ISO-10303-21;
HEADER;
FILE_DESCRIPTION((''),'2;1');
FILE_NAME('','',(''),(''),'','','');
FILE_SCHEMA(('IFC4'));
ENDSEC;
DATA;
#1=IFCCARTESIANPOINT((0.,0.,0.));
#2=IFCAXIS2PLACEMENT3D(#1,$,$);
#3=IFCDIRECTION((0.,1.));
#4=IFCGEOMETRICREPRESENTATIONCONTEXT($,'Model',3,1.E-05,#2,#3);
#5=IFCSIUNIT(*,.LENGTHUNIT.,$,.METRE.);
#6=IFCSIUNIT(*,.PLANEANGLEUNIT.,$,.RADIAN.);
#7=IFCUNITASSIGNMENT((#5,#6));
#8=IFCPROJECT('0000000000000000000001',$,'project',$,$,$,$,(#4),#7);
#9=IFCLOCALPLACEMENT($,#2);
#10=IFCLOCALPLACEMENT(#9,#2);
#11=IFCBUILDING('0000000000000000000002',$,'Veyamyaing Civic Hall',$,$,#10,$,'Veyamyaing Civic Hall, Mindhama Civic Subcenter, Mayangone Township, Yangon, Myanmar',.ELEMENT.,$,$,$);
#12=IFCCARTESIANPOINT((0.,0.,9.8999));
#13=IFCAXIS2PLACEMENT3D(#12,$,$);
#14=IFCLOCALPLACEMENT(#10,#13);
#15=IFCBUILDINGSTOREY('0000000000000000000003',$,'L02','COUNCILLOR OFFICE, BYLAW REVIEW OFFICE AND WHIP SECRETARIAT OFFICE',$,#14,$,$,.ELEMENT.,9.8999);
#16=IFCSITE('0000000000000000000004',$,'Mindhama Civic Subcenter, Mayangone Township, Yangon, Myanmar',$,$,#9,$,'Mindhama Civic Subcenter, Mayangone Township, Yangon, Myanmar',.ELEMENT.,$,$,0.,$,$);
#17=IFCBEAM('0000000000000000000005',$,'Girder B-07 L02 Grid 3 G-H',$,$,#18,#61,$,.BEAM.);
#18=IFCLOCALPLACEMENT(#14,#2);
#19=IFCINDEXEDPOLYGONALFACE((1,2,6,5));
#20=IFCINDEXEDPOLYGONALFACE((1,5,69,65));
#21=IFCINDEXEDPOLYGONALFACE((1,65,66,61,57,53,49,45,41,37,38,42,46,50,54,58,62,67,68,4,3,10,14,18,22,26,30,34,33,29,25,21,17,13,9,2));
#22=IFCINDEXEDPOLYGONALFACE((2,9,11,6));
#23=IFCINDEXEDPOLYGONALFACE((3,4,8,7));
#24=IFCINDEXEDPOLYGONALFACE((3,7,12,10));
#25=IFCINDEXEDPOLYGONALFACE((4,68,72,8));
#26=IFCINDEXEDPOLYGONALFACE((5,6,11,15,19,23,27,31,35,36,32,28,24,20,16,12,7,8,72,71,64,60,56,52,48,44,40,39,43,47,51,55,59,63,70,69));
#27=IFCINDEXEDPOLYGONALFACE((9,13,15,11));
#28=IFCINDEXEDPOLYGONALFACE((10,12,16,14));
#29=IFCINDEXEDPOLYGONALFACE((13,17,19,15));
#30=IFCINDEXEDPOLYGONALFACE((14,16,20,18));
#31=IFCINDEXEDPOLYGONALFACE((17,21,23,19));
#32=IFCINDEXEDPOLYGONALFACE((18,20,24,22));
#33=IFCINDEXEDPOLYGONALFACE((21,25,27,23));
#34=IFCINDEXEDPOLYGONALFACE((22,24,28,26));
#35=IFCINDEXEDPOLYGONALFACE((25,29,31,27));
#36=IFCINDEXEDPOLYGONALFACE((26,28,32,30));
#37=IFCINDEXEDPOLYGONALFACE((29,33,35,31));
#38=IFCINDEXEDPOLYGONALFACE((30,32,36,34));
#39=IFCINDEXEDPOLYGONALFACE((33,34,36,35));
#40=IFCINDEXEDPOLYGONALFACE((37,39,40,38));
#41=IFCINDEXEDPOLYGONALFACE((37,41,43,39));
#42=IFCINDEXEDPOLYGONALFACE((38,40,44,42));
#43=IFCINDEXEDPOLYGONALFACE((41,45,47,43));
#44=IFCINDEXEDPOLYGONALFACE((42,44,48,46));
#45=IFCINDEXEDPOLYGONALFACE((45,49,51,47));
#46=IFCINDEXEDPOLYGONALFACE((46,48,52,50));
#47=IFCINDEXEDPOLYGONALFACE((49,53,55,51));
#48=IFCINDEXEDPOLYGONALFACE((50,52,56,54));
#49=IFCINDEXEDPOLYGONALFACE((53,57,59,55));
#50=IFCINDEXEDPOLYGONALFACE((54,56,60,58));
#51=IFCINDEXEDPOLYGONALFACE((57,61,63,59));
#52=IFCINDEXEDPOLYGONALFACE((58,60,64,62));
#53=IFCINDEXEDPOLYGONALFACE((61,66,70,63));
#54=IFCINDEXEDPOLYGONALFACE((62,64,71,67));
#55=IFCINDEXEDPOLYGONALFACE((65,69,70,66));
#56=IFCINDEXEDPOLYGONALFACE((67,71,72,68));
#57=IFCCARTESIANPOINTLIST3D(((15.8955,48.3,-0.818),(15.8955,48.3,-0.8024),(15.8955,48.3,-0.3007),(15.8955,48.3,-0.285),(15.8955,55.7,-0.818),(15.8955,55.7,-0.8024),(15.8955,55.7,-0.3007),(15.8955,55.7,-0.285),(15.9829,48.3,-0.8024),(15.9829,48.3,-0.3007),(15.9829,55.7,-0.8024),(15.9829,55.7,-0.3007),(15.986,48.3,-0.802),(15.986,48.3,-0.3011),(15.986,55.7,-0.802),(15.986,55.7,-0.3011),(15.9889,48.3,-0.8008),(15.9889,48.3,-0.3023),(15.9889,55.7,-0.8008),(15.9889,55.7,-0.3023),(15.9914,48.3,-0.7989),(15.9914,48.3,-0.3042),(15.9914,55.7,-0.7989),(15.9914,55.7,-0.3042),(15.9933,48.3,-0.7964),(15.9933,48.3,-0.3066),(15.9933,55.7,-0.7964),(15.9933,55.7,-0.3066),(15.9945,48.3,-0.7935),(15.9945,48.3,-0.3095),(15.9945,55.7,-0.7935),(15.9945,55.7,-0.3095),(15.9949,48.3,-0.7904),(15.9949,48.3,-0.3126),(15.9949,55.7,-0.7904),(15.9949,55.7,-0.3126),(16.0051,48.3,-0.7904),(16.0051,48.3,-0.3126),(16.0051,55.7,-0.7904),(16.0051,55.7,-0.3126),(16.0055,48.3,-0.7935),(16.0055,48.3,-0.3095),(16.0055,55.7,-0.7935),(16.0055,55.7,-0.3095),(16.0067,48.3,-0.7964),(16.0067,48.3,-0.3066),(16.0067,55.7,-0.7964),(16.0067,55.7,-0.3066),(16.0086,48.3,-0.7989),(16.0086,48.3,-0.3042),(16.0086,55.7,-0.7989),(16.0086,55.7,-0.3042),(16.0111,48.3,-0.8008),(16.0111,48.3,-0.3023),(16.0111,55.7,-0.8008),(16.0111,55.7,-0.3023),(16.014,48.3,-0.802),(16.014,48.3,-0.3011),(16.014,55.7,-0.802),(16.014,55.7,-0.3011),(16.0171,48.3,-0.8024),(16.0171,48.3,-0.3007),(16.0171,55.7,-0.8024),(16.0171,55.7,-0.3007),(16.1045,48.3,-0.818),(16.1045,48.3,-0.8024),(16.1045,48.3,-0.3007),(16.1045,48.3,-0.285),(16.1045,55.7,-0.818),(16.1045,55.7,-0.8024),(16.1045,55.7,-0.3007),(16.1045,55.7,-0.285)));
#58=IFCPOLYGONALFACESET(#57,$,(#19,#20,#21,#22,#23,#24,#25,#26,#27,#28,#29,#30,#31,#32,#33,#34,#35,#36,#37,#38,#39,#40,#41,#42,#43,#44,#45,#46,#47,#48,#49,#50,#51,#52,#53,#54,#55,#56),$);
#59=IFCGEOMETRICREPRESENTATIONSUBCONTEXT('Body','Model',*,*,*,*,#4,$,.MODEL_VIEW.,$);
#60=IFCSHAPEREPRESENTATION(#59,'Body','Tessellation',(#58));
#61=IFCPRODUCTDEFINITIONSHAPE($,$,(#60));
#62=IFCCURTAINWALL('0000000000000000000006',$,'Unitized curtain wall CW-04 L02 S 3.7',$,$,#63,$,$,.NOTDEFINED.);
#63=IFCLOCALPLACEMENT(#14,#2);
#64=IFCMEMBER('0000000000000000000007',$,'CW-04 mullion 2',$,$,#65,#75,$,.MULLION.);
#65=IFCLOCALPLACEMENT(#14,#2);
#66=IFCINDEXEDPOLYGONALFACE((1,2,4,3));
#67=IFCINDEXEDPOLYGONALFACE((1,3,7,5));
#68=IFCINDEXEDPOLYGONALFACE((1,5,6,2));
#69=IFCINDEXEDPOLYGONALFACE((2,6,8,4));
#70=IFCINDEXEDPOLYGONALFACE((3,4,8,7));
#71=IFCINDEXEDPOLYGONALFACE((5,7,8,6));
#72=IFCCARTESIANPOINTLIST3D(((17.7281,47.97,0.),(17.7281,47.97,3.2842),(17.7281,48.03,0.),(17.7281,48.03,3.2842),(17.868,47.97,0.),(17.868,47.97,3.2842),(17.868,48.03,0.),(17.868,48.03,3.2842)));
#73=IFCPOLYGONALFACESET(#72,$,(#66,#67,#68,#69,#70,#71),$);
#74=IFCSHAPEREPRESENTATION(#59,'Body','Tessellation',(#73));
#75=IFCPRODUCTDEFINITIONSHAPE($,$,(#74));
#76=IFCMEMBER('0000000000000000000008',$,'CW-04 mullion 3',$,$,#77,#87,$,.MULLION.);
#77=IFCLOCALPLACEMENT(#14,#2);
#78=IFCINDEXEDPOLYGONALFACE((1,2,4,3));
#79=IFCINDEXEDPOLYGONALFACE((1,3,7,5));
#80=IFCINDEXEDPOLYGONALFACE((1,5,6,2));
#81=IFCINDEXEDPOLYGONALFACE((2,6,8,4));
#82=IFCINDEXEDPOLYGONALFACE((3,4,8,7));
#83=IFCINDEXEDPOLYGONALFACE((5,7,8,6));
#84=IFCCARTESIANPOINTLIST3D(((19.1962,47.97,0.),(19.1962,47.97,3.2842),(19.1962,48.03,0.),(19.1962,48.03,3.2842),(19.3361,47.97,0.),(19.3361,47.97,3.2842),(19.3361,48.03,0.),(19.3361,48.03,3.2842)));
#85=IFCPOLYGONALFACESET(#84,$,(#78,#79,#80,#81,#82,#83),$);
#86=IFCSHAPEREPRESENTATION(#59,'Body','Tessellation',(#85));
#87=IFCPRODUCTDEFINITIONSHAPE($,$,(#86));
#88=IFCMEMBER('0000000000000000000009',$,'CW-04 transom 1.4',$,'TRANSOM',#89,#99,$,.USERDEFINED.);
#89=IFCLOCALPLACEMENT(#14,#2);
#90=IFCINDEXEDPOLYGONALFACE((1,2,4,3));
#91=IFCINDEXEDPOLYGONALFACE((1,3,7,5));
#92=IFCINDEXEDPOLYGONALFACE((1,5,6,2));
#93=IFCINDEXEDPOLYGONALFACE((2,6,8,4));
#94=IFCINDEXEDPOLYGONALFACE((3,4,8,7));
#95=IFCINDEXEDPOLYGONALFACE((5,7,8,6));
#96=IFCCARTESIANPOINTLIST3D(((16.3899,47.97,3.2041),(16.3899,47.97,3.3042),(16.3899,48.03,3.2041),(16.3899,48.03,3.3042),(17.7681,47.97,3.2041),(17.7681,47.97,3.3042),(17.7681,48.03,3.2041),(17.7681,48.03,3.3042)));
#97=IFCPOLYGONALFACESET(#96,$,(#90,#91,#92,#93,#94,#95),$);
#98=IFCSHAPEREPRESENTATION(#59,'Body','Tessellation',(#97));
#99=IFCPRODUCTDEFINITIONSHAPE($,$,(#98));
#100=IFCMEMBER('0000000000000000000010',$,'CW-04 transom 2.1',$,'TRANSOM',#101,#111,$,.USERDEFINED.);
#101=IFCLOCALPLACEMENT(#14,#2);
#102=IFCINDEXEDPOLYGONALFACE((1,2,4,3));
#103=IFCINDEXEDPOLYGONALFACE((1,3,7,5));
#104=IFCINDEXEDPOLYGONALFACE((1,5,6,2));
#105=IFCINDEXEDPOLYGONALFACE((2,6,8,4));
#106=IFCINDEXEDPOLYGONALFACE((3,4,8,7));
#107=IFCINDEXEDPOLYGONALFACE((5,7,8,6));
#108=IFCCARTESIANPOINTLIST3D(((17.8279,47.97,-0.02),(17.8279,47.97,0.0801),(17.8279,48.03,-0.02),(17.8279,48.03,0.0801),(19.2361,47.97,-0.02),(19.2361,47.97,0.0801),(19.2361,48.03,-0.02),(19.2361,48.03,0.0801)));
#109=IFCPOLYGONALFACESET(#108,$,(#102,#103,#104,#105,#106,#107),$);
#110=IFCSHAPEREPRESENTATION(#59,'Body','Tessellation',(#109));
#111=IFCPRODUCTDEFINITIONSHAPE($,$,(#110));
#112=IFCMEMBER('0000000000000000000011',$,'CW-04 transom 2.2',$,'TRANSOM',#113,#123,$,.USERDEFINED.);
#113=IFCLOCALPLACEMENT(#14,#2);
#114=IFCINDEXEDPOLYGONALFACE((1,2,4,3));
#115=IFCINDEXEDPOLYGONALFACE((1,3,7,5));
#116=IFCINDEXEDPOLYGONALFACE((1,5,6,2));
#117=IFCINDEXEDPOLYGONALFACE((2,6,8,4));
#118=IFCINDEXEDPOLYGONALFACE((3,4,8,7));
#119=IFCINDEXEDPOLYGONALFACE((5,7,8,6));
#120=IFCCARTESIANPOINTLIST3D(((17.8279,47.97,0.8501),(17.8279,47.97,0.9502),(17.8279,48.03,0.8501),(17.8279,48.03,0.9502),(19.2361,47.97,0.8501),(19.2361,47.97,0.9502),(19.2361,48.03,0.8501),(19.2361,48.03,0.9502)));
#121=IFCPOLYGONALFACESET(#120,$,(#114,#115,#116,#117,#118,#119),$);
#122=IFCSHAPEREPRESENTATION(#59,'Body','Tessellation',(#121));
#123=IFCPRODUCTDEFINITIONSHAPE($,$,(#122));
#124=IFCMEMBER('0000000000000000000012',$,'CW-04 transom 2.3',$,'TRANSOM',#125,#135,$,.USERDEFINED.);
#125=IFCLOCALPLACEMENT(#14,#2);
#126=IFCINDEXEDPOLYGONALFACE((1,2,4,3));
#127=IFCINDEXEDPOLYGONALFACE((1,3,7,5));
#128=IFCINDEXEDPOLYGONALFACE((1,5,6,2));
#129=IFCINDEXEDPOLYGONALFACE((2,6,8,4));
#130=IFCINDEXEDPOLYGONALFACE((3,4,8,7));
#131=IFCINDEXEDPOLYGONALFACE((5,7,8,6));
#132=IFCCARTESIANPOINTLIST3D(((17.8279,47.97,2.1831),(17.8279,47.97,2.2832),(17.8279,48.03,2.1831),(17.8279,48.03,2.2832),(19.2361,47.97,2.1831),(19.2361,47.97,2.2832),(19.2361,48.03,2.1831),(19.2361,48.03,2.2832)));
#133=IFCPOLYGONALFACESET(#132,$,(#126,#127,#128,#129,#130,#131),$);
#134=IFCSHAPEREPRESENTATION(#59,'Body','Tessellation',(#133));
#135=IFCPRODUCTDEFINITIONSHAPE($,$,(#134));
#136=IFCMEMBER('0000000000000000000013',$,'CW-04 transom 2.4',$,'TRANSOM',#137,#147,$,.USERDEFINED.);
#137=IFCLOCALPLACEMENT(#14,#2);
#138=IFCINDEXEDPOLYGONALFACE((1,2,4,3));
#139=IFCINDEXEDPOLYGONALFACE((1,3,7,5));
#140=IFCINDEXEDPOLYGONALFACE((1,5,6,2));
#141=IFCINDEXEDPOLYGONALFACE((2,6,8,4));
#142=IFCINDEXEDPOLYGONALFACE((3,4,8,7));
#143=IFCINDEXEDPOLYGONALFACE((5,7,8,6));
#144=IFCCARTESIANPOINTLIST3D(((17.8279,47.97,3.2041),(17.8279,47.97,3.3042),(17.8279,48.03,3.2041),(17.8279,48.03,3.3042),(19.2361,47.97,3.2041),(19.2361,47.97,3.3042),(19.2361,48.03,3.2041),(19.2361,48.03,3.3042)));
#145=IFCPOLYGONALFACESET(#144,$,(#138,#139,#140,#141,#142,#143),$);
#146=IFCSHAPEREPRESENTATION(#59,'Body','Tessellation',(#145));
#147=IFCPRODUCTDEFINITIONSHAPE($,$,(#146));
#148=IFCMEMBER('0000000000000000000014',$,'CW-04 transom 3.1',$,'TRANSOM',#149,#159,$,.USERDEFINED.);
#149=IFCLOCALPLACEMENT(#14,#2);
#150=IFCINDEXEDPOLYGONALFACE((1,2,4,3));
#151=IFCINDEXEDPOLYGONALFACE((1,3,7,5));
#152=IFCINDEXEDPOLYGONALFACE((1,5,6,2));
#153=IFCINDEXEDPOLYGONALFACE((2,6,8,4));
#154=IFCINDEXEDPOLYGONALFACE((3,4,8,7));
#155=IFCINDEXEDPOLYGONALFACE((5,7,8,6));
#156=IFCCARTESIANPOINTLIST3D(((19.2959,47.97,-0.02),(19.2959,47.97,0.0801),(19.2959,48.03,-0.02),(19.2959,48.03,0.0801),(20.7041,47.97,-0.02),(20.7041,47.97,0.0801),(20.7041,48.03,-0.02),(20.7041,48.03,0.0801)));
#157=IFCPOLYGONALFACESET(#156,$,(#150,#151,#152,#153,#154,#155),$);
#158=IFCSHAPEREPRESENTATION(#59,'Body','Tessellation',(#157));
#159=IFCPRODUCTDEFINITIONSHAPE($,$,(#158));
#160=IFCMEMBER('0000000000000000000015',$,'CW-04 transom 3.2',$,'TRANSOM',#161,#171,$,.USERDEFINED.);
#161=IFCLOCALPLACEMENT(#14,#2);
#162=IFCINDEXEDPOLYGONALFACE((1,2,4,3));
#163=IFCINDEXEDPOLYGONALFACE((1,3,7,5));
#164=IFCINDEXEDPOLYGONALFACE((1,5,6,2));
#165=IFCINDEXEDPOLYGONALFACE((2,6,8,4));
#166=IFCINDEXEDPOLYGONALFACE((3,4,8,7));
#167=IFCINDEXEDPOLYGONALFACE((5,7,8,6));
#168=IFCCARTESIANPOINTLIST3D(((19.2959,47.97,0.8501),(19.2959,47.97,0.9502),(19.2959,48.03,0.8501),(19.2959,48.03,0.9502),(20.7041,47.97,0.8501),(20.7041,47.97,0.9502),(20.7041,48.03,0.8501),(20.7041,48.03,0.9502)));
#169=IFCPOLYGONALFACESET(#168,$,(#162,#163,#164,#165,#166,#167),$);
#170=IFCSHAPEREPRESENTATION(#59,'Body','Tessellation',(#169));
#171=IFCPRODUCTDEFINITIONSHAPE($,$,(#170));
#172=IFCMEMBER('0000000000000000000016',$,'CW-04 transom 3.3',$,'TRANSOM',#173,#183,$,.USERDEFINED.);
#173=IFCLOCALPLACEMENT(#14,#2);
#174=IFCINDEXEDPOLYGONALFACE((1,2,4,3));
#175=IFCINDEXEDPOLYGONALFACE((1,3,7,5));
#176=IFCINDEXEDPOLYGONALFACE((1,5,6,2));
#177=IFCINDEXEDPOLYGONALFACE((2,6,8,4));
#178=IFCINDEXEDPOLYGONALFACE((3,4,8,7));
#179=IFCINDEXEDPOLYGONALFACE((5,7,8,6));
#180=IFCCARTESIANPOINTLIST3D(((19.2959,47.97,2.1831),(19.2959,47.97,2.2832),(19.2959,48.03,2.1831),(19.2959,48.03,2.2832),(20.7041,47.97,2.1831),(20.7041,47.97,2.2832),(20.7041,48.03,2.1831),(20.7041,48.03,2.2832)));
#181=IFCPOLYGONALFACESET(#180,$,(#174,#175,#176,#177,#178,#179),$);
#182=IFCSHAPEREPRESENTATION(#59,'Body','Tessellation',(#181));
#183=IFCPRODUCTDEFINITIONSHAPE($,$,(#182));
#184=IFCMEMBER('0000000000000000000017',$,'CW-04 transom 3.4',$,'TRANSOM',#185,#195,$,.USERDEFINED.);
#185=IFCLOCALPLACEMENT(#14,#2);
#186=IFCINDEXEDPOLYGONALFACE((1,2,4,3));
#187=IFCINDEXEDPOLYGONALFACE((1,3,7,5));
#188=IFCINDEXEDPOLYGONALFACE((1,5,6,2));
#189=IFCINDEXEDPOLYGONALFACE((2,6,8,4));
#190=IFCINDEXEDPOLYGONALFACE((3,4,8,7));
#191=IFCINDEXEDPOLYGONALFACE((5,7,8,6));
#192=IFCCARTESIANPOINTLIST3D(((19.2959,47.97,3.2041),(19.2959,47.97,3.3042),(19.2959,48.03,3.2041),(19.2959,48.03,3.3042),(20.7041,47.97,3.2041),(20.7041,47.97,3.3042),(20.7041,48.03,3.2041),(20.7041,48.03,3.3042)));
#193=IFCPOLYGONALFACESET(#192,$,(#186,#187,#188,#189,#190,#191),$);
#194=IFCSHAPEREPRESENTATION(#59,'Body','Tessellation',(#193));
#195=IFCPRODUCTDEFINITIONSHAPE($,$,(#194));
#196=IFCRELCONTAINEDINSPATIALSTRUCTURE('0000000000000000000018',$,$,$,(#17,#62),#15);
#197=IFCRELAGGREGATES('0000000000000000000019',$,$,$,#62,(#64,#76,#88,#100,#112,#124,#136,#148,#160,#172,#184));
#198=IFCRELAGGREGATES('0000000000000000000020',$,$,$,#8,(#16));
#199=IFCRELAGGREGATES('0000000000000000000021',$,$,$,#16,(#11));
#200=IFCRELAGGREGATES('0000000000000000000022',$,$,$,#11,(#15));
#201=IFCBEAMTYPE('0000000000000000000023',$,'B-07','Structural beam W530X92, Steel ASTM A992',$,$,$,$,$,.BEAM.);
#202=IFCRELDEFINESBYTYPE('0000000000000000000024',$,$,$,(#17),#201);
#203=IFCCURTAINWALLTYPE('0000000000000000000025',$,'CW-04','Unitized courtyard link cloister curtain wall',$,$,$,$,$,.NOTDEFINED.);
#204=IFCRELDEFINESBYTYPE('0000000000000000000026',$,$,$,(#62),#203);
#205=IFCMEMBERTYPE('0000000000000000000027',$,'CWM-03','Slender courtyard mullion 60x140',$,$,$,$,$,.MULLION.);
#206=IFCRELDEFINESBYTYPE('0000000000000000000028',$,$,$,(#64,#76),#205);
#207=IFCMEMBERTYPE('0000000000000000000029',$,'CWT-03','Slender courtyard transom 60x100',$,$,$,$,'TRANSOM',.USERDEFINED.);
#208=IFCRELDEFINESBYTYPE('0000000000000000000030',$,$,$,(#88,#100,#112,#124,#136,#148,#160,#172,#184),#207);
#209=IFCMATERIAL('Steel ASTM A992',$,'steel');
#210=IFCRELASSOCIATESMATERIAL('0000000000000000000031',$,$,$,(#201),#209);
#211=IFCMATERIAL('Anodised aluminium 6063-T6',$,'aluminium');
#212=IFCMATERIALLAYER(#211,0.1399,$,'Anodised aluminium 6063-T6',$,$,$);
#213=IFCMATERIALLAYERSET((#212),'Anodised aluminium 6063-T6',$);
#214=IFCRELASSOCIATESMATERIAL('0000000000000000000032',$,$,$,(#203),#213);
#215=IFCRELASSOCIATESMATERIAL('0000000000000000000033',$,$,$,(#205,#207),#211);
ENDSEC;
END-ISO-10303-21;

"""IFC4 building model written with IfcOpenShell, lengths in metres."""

from ifc_helpers import new_model, si_unit, direction, frame, origin, origin_2d, place, context, subcontext, project, spatial, rectangle, i_section, extrude, material, layer, layer_set, material_profile, profile_set, type_object, element, aggregate, save


model = new_model("IFC4")

# Units and contexts
model_context = context("Model", 3, precision=1e-05, world=origin(), true_north=direction((0.0, 1.0)))
body_context = subcontext(model_context, "Body", "Model", "MODEL_VIEW")
ifc_project = project(units=[si_unit("LENGTHUNIT", "METRE"), si_unit("PLANEANGLEUNIT", "RADIAN")], contexts=[model_context])

# Site, building, storey
site_placement = place(None, origin())
site = spatial("IfcSite", under=ifc_project, at=site_placement, Name="Mindhama Civic Subcenter, Mayangone Township, Yangon, Myanmar", LongName="Mindhama Civic Subcenter, Mayangone Township, Yangon, Myanmar", CompositionType="ELEMENT", RefElevation=0.0)
building_placement = place(site_placement, origin())
building = spatial("IfcBuilding", under=site, at=building_placement, Name="Veyamyaing Civic Hall", LongName="Veyamyaing Civic Hall, Mindhama Civic Subcenter, Mayangone Township, Yangon, Myanmar", CompositionType="ELEMENT")
storey_placement = place(building_placement, frame((0.0, 0.0, 9.8999)))
storey = spatial("IfcBuildingStorey", under=building, at=storey_placement, Name="L02", Description="COUNCILLOR OFFICE, BYLAW REVIEW OFFICE AND WHIP SECRETARIAT OFFICE", CompositionType="ELEMENT", Elevation=9.8999)

# Beam
ifc_material_1 = material(Name="Steel ASTM A992", Category="steel")
ifc_material_profile_1 = material_profile(ifc_material_1, i_section(OverallWidth=0.209, OverallDepth=0.533, WebThickness=0.0103, FlangeThickness=0.0156, FilletRadius=0.012, at=origin_2d()), Name="W530X92")
ifc_profile_set_1 = profile_set([ifc_material_profile_1], Name="Steel ASTM A992")
beam_type_1 = type_object("IfcBeamType", Name="B-07", Description="Structural beam W530X92, Steel ASTM A992", PredefinedType="BEAM", material=ifc_profile_set_1)
beam_1_placement = place(storey_placement, frame((16.0, 48.3, -0.5515), z_axis=(0.0, 1.0, 0.0), x_axis=(-1.0, 0.0, 0.0)))
element("IfcBeam", 1, at=beam_1_placement, inside=storey, type_object=beam_type_1, Name="Girder B-07 L02 Grid 3 G-H", PredefinedType="BEAM", context=body_context, shape_type="SweptSolid", body=[
    extrude(i_section(OverallWidth=0.209, OverallDepth=0.533, WebThickness=0.0103, FlangeThickness=0.0156, FilletRadius=0.012, at=origin_2d()), origin(), (0.0, 0.0, 1.0), 7.3999),
])

# Curtain wall, members
ifc_material_2 = material(Name="Anodised aluminium 6063-T6", Category="aluminium")
ifc_layer_1 = layer(ifc_material_2, 0.1399, Name="Anodised aluminium 6063-T6")
ifc_layer_set_1 = layer_set([ifc_layer_1], Name="Anodised aluminium 6063-T6")
curtain_wall_type = type_object("IfcCurtainWallType", Name="CW-04", Description="Unitized courtyard link cloister curtain wall", PredefinedType="NOTDEFINED", material=ifc_layer_set_1)
curtain_wall_placement = place(storey_placement, origin())
curtain_wall = element("IfcCurtainWall", 2, at=curtain_wall_placement, inside=storey, type_object=curtain_wall_type, Name="Unitized curtain wall CW-04 L02 S 3.7", PredefinedType="NOTDEFINED")
ifc_material_profile_2 = material_profile(ifc_material_2, rectangle(XDim=0.0601, YDim=0.1399, at=origin_2d()), Name="ALU-MUL-60X140")
ifc_profile_set_2 = profile_set([ifc_material_profile_2], Name="Anodised aluminium 6063-T6")
member_type_1 = type_object("IfcMemberType", Name="CWM-03", Description="Slender courtyard mullion 60x140", PredefinedType="MULLION", material=ifc_profile_set_2)
member_1_placement = place(storey_placement, frame((17.7981, 48.0, 0.0), z_axis=(0.0, 0.0, 1.0), x_axis=(0.0, 1.0, 0.0)))
member_1 = element("IfcMember", 3, at=member_1_placement, type_object=member_type_1, Name="CW-04 mullion 2", PredefinedType="MULLION", context=body_context, shape_type="SweptSolid", body=[
    extrude(rectangle(XDim=0.0601, YDim=0.1399, at=origin_2d()), origin(), (0.0, 0.0, 1.0), 3.2842),
])
member_2_placement = place(storey_placement, frame((19.2661, 48.0, 0.0), z_axis=(0.0, 0.0, 1.0), x_axis=(0.0, 1.0, 0.0)))
member_2 = element("IfcMember", 4, at=member_2_placement, type_object=member_type_1, Name="CW-04 mullion 3", PredefinedType="MULLION", context=body_context, shape_type="SweptSolid", body=[
    extrude(rectangle(XDim=0.0601, YDim=0.1399, at=origin_2d()), origin(), (0.0, 0.0, 1.0), 3.2842),
])
ifc_material_profile_3 = material_profile(ifc_material_2, rectangle(XDim=0.0601, YDim=0.1001, at=origin_2d()), Name="ALU-TRN-60X100")
ifc_profile_set_3 = profile_set([ifc_material_profile_3], Name="Anodised aluminium 6063-T6")
member_type_2 = type_object("IfcMemberType", Name="CWT-03", Description="Slender courtyard transom 60x100", ElementType="TRANSOM", PredefinedType="USERDEFINED", material=ifc_profile_set_3)
member_3_placement = place(storey_placement, frame((16.3899, 48.0, 3.2542), z_axis=(1.0, 0.0, 0.0), x_axis=(0.0, 1.0, 0.0)))
member_3 = element("IfcMember", 5, at=member_3_placement, type_object=member_type_2, Name="CW-04 transom 1.4", ObjectType="TRANSOM", PredefinedType="USERDEFINED", context=body_context, shape_type="SweptSolid", body=[
    extrude(rectangle(XDim=0.0601, YDim=0.1001, at=origin_2d()), origin(), (0.0, 0.0, 1.0), 1.3782),
])
member_4_placement = place(storey_placement, frame((17.8279, 48.0, 0.03), z_axis=(1.0, 0.0, 0.0), x_axis=(0.0, 1.0, 0.0)))
member_4 = element("IfcMember", 6, at=member_4_placement, type_object=member_type_2, Name="CW-04 transom 2.1", ObjectType="TRANSOM", PredefinedType="USERDEFINED", context=body_context, shape_type="SweptSolid", body=[
    extrude(rectangle(XDim=0.0601, YDim=0.1001, at=origin_2d()), origin(), (0.0, 0.0, 1.0), 1.4082),
])
member_5_placement = place(storey_placement, frame((17.8279, 48.0, 0.9001), z_axis=(1.0, 0.0, 0.0), x_axis=(0.0, 1.0, 0.0)))
member_5 = element("IfcMember", 7, at=member_5_placement, type_object=member_type_2, Name="CW-04 transom 2.2", ObjectType="TRANSOM", PredefinedType="USERDEFINED", context=body_context, shape_type="SweptSolid", body=[
    extrude(rectangle(XDim=0.0601, YDim=0.1001, at=origin_2d()), origin(), (0.0, 0.0, 1.0), 1.4082),
])
member_6_placement = place(storey_placement, frame((17.8279, 48.0, 2.2332), z_axis=(1.0, 0.0, 0.0), x_axis=(0.0, 1.0, 0.0)))
member_6 = element("IfcMember", 8, at=member_6_placement, type_object=member_type_2, Name="CW-04 transom 2.3", ObjectType="TRANSOM", PredefinedType="USERDEFINED", context=body_context, shape_type="SweptSolid", body=[
    extrude(rectangle(XDim=0.0601, YDim=0.1001, at=origin_2d()), origin(), (0.0, 0.0, 1.0), 1.4082),
])
member_7_placement = place(storey_placement, frame((17.8279, 48.0, 3.2542), z_axis=(1.0, 0.0, 0.0), x_axis=(0.0, 1.0, 0.0)))
member_7 = element("IfcMember", 9, at=member_7_placement, type_object=member_type_2, Name="CW-04 transom 2.4", ObjectType="TRANSOM", PredefinedType="USERDEFINED", context=body_context, shape_type="SweptSolid", body=[
    extrude(rectangle(XDim=0.0601, YDim=0.1001, at=origin_2d()), origin(), (0.0, 0.0, 1.0), 1.4082),
])
member_8_placement = place(storey_placement, frame((19.2959, 48.0, 0.03), z_axis=(1.0, 0.0, 0.0), x_axis=(0.0, 1.0, 0.0)))
member_8 = element("IfcMember", 10, at=member_8_placement, type_object=member_type_2, Name="CW-04 transom 3.1", ObjectType="TRANSOM", PredefinedType="USERDEFINED", context=body_context, shape_type="SweptSolid", body=[
    extrude(rectangle(XDim=0.0601, YDim=0.1001, at=origin_2d()), origin(), (0.0, 0.0, 1.0), 1.4082),
])
member_9_placement = place(storey_placement, frame((19.2959, 48.0, 0.9001), z_axis=(1.0, 0.0, 0.0), x_axis=(0.0, 1.0, 0.0)))
member_9 = element("IfcMember", 11, at=member_9_placement, type_object=member_type_2, Name="CW-04 transom 3.2", ObjectType="TRANSOM", PredefinedType="USERDEFINED", context=body_context, shape_type="SweptSolid", body=[
    extrude(rectangle(XDim=0.0601, YDim=0.1001, at=origin_2d()), origin(), (0.0, 0.0, 1.0), 1.4082),
])
member_10_placement = place(storey_placement, frame((19.2959, 48.0, 2.2332), z_axis=(1.0, 0.0, 0.0), x_axis=(0.0, 1.0, 0.0)))
member_10 = element("IfcMember", 12, at=member_10_placement, type_object=member_type_2, Name="CW-04 transom 3.3", ObjectType="TRANSOM", PredefinedType="USERDEFINED", context=body_context, shape_type="SweptSolid", body=[
    extrude(rectangle(XDim=0.0601, YDim=0.1001, at=origin_2d()), origin(), (0.0, 0.0, 1.0), 1.4082),
])
member_11_placement = place(storey_placement, frame((19.2959, 48.0, 3.2542), z_axis=(1.0, 0.0, 0.0), x_axis=(0.0, 1.0, 0.0)))
member_11 = element("IfcMember", 13, at=member_11_placement, type_object=member_type_2, Name="CW-04 transom 3.4", ObjectType="TRANSOM", PredefinedType="USERDEFINED", context=body_context, shape_type="SweptSolid", body=[
    extrude(rectangle(XDim=0.0601, YDim=0.1001, at=origin_2d()), origin(), (0.0, 0.0, 1.0), 1.4082),
])

aggregate(curtain_wall, [member_1, member_2, member_3, member_4, member_5, member_6, member_7, member_8, member_9, member_10, member_11])

save(model, "model.ifc")
